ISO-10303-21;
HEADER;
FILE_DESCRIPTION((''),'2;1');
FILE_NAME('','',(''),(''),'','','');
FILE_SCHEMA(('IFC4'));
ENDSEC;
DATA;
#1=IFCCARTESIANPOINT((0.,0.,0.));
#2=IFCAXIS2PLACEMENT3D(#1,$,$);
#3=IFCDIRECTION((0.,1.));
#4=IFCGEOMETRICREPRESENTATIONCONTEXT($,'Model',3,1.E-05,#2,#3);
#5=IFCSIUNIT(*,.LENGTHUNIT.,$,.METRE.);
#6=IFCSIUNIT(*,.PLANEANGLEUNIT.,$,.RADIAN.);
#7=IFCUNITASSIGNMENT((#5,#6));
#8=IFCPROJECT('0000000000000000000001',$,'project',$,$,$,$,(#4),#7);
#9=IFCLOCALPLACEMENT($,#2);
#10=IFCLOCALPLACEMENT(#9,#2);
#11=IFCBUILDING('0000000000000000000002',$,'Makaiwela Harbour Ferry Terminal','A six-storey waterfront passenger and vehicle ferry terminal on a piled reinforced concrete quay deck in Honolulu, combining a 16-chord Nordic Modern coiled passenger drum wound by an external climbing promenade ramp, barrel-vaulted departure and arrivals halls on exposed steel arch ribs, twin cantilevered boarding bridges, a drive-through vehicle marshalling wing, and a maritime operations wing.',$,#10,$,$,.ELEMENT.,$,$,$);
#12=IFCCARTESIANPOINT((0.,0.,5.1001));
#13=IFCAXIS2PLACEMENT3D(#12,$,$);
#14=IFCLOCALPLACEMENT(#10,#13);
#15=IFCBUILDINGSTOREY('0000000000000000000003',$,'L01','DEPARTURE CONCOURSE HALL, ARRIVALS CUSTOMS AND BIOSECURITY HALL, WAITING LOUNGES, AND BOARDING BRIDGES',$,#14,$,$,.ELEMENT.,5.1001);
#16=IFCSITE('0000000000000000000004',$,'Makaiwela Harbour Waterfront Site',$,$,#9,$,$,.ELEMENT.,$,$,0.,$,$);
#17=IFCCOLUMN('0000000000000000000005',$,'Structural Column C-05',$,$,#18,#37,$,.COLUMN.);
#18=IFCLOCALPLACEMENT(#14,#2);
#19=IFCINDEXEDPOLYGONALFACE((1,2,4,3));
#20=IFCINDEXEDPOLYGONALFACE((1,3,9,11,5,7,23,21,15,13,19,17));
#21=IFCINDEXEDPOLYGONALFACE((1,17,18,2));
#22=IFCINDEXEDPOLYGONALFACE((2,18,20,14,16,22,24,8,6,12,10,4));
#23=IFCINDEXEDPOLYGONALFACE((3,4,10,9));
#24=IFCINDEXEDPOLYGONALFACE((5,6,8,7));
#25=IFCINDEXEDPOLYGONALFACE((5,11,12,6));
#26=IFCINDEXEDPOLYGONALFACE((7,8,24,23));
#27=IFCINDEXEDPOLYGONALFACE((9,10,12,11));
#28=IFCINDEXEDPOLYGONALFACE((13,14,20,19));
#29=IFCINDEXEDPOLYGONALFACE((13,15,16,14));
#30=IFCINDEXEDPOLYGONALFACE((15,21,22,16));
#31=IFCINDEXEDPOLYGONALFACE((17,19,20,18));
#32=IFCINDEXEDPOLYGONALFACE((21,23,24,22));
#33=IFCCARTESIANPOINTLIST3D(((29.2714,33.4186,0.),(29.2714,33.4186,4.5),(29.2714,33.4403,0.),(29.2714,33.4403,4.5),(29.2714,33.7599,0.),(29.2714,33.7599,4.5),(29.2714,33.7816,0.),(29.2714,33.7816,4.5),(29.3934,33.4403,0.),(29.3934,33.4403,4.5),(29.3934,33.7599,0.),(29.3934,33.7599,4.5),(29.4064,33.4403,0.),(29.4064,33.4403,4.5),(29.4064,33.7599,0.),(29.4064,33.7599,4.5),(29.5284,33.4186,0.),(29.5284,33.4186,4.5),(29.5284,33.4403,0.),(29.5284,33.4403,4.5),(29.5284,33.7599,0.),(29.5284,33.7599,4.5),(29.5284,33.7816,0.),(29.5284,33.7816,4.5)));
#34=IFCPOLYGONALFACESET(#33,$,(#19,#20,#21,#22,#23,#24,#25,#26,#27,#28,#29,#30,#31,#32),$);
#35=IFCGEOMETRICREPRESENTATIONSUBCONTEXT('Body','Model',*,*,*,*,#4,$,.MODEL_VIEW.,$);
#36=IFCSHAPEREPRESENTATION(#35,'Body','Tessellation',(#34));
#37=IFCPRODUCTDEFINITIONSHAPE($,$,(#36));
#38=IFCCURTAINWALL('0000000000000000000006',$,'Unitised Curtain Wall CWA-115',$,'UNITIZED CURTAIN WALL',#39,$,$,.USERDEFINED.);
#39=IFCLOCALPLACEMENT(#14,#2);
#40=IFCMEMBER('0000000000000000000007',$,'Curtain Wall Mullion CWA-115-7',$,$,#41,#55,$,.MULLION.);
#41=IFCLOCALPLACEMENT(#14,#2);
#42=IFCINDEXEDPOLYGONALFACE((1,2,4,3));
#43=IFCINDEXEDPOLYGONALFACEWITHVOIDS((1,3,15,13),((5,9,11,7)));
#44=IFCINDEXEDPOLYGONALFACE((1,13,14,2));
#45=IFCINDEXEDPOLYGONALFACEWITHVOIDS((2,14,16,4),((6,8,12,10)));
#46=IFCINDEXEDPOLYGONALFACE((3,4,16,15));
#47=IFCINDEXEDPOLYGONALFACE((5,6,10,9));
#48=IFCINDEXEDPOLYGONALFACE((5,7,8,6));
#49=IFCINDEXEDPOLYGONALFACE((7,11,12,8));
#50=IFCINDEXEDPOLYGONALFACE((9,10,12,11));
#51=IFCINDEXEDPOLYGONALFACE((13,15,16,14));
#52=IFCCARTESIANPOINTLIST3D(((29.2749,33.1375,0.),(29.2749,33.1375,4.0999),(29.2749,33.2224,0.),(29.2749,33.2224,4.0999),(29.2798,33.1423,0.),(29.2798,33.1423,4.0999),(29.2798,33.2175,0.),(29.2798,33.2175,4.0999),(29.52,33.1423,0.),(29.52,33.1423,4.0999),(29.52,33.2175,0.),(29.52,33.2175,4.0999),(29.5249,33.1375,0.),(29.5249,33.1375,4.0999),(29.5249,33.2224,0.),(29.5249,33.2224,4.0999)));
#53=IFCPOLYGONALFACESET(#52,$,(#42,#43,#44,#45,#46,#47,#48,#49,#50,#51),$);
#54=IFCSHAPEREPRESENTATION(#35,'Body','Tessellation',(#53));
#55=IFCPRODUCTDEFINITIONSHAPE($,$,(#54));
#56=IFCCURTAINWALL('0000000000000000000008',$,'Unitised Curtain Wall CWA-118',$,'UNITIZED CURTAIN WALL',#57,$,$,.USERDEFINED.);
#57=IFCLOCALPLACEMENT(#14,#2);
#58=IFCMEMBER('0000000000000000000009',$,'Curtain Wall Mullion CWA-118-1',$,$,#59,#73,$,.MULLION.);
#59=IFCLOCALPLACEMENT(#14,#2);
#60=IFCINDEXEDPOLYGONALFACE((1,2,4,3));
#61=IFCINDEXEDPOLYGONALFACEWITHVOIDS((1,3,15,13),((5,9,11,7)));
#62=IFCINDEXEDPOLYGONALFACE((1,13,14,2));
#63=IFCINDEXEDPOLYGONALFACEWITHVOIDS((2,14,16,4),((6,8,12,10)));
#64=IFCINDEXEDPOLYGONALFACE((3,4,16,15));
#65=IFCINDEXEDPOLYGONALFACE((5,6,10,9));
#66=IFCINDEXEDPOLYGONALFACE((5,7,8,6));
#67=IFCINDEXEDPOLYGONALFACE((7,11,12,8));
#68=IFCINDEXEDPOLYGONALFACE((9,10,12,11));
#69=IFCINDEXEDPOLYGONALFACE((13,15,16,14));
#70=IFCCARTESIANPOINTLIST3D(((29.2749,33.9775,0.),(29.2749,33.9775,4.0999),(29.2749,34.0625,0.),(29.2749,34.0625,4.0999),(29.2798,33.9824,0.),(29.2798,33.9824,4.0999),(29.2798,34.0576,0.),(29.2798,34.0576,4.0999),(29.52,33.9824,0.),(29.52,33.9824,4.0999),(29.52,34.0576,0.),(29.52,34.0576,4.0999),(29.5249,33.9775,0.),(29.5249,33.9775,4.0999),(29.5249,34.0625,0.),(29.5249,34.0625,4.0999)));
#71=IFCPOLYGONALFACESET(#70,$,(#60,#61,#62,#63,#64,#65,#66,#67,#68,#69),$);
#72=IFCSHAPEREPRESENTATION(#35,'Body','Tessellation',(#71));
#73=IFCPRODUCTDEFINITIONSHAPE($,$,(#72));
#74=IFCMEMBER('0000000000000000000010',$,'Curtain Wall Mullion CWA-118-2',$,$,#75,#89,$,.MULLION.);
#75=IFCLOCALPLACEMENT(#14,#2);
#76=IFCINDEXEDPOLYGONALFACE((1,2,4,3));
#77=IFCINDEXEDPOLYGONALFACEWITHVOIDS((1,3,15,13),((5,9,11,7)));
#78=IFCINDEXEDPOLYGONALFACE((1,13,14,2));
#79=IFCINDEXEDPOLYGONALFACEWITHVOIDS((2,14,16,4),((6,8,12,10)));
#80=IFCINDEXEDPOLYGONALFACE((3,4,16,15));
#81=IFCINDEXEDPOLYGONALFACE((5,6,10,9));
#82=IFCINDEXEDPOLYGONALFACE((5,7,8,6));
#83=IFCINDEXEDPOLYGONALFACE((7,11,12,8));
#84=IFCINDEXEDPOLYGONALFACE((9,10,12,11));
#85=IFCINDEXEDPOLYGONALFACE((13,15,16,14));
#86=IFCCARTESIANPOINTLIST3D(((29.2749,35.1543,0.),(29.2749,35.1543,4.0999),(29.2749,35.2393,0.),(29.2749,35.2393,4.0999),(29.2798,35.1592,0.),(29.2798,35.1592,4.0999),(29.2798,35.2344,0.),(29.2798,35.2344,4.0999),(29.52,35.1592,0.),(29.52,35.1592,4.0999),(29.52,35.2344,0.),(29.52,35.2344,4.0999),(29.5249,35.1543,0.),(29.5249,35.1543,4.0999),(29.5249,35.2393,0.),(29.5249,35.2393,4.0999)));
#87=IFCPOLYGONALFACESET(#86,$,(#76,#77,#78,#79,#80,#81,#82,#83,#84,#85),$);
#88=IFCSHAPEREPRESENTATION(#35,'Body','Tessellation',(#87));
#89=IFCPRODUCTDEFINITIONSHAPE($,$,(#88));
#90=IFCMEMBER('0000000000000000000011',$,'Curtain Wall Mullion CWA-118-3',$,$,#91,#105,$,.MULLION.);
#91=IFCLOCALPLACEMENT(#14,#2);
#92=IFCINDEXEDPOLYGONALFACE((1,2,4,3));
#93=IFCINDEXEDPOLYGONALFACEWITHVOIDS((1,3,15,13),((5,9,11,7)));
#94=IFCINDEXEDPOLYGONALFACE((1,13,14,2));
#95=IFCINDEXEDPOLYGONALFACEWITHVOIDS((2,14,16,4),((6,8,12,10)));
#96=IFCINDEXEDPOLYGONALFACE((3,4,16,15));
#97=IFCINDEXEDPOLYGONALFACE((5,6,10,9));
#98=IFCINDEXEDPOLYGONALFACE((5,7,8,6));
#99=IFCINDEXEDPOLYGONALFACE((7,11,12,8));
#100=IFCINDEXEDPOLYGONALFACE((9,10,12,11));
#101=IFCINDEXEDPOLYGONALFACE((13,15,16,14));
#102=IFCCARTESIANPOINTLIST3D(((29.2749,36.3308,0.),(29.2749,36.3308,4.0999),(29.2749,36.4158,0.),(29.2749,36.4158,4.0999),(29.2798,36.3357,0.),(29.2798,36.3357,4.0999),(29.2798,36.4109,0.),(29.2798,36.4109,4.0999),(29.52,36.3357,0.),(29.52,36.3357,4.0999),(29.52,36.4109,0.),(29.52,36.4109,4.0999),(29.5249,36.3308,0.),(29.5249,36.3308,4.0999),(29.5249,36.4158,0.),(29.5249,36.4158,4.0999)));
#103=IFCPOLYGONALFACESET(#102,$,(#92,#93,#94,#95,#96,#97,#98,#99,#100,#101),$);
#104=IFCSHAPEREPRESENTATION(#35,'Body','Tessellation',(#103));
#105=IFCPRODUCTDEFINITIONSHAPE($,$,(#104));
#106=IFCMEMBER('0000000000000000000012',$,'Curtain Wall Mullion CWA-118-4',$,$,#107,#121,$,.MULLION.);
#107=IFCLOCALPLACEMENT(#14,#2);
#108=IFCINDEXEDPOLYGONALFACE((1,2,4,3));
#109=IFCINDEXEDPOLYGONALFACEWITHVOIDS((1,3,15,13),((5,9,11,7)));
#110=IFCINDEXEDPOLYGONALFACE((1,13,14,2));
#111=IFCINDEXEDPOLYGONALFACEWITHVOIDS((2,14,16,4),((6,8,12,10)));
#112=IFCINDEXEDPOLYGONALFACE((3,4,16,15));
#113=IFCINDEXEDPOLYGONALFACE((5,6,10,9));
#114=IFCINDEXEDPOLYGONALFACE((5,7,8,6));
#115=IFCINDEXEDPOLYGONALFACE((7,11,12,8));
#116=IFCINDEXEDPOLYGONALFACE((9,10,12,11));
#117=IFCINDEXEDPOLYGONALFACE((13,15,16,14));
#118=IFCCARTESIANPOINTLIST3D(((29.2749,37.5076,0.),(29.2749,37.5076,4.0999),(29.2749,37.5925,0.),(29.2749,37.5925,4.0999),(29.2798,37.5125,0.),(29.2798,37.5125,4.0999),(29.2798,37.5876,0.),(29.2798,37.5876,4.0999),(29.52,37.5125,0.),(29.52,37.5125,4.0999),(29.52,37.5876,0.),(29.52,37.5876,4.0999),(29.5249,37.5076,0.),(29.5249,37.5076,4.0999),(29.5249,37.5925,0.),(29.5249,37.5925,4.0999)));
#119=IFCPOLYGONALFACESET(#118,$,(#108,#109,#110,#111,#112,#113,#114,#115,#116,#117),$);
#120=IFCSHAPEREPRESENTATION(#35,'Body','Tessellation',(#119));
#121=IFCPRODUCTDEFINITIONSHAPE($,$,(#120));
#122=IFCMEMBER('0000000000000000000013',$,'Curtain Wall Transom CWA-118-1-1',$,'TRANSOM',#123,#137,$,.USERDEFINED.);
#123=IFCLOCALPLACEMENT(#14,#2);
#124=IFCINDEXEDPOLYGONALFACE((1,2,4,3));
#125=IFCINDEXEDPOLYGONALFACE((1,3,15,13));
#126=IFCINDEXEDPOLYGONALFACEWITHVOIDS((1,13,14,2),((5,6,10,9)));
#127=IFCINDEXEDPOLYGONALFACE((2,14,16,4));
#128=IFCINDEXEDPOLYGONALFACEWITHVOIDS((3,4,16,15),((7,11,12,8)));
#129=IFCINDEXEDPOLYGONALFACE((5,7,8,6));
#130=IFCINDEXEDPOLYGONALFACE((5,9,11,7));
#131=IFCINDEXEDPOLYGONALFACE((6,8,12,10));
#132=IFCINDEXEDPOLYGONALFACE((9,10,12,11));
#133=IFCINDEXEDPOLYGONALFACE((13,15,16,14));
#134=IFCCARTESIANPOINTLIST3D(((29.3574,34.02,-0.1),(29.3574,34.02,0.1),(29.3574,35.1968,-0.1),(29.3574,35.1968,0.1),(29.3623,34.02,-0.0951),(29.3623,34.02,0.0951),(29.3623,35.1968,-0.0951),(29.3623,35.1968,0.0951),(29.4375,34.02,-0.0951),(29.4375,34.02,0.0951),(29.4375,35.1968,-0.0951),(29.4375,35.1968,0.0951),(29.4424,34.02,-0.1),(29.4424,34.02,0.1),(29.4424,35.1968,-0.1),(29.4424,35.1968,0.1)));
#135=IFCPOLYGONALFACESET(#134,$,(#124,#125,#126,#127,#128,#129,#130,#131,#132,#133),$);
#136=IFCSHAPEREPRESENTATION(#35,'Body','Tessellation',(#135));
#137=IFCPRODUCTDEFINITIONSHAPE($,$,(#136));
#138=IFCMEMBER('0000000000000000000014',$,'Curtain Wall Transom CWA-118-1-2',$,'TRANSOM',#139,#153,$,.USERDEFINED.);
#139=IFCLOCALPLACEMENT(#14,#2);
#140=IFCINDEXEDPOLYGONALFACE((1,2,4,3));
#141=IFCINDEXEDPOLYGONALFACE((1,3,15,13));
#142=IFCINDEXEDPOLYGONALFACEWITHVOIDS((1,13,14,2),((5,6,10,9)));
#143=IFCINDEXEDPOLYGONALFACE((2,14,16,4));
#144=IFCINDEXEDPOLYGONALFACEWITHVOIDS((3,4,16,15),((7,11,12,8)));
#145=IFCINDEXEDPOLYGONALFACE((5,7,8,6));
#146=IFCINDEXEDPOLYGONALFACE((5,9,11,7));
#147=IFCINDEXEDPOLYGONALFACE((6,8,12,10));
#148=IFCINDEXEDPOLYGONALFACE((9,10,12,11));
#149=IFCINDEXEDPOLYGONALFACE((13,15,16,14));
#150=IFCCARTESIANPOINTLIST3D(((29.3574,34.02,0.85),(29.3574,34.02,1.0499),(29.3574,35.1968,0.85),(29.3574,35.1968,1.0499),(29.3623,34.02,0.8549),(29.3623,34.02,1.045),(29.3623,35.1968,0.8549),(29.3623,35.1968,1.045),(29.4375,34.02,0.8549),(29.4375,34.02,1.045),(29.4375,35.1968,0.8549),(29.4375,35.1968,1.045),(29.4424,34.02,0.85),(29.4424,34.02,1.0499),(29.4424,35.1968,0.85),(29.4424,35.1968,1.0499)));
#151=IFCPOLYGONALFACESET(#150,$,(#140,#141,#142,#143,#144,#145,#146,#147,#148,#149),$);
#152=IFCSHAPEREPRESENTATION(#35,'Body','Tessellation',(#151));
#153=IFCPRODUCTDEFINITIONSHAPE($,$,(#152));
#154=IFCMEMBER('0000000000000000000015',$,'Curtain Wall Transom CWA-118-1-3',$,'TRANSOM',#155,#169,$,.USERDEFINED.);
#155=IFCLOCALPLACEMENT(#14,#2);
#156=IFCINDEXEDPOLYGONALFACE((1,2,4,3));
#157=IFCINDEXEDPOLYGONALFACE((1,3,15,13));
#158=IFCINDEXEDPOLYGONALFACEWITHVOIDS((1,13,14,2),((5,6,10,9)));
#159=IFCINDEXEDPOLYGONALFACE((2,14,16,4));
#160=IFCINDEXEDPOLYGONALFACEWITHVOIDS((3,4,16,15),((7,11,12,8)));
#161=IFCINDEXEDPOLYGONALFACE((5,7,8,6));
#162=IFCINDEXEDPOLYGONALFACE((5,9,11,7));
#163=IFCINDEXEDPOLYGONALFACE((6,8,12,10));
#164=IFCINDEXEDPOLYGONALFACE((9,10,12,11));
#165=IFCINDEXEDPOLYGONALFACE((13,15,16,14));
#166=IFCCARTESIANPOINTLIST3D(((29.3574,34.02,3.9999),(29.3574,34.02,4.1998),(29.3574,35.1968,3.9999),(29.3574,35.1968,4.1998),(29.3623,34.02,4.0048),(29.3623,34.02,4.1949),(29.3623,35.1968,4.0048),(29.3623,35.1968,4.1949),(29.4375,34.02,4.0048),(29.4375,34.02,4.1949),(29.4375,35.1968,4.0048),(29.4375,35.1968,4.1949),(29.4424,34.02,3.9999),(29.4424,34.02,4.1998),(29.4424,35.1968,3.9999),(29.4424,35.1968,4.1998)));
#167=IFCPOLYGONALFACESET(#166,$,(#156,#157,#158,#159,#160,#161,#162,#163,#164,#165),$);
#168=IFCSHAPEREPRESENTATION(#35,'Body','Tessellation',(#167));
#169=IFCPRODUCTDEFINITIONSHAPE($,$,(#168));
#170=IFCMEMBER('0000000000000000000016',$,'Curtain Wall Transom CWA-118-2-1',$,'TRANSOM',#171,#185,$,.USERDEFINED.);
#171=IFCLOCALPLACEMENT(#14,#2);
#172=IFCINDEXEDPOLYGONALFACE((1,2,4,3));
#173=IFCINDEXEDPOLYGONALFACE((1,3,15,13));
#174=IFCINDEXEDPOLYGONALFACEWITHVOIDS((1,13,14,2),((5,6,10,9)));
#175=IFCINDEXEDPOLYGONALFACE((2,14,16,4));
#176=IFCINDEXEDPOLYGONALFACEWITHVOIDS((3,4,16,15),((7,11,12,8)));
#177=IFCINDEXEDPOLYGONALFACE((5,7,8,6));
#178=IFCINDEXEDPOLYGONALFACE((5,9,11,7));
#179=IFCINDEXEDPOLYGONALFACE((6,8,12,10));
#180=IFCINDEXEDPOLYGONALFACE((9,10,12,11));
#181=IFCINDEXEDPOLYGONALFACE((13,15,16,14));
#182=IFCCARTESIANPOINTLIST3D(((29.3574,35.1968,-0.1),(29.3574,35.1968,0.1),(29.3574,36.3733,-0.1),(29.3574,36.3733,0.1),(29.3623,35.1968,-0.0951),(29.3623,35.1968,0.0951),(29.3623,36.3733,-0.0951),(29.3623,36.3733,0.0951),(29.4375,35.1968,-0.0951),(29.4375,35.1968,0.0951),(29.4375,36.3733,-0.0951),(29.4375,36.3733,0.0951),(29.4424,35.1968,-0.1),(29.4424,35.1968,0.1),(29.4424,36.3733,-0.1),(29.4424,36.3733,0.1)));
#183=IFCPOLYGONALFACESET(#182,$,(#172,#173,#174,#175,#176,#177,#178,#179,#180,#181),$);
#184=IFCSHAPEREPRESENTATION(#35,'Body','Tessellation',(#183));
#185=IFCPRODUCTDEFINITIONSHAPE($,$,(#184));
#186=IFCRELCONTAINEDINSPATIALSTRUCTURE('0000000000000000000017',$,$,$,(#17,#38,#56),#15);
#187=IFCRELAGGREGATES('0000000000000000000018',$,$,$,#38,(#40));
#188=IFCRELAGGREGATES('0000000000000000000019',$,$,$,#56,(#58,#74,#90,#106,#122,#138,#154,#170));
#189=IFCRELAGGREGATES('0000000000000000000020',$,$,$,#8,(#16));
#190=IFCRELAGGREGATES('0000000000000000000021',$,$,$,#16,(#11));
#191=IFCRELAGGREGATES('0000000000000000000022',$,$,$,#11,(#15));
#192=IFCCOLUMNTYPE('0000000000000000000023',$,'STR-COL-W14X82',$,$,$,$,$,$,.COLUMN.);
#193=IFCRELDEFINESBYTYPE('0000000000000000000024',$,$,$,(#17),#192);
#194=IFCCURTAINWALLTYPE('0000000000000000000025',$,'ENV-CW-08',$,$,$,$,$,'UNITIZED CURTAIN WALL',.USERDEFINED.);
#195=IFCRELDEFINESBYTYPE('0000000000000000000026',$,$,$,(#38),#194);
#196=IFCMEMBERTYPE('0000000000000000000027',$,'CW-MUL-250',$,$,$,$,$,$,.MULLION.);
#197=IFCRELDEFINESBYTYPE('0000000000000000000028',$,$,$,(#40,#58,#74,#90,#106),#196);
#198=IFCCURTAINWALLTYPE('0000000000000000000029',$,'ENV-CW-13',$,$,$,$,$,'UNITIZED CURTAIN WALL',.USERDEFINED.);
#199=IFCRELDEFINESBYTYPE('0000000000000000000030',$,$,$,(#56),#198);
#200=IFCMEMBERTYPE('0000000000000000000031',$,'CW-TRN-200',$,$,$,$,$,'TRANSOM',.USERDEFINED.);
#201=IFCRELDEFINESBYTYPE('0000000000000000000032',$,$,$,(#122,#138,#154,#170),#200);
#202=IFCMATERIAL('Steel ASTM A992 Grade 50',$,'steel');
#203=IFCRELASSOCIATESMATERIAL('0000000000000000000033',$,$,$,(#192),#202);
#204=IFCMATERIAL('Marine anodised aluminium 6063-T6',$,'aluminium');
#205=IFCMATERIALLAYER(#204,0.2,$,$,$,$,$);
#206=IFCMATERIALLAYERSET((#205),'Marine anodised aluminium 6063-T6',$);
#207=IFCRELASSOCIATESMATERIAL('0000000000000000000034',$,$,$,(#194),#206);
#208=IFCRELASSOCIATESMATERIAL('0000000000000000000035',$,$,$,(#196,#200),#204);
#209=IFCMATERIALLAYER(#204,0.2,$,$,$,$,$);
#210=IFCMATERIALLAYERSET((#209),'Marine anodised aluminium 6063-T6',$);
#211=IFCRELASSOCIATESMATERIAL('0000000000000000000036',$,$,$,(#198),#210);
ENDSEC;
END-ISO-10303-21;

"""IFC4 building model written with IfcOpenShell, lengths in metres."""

from ifc_helpers import new_model, si_unit, direction, frame, origin, origin_2d, place, context, subcontext, project, spatial, hollow_rectangle, i_section, extrude, material, layer, layer_set, material_profile, profile_set, type_object, element, aggregate, save


model = new_model("IFC4")

# Units and contexts
model_context = context("Model", 3, precision=1e-05, world=origin(), true_north=direction((0.0, 1.0)))
body_context = subcontext(model_context, "Body", "Model", "MODEL_VIEW")
ifc_project = project(units=[si_unit("LENGTHUNIT", "METRE"), si_unit("PLANEANGLEUNIT", "RADIAN")], contexts=[model_context])

# Site, building, storey
site_placement = place(None, origin())
site = spatial("IfcSite", under=ifc_project, at=site_placement, Name="Makaiwela Harbour Waterfront Site", CompositionType="ELEMENT", RefElevation=0.0)
building_placement = place(site_placement, origin())
building = spatial("IfcBuilding", under=site, at=building_placement, Name="Makaiwela Harbour Ferry Terminal", Description="A six-storey waterfront passenger and vehicle ferry terminal on a piled reinforced concrete quay deck in Honolulu, combining a 16-chord Nordic Modern coiled passenger drum wound by an external climbing promenade ramp, barrel-vaulted departure and arrivals halls on exposed steel arch ribs, twin cantilevered boarding bridges, a drive-through vehicle marshalling wing, and a maritime operations wing.", CompositionType="ELEMENT")
storey_placement = place(building_placement, frame((0.0, 0.0, 5.1001)))
storey = spatial("IfcBuildingStorey", under=building, at=storey_placement, Name="L01", Description="DEPARTURE CONCOURSE HALL, ARRIVALS CUSTOMS AND BIOSECURITY HALL, WAITING LOUNGES, AND BOARDING BRIDGES", CompositionType="ELEMENT", Elevation=5.1001)

# Column
ifc_material_1 = material(Name="Steel ASTM A992 Grade 50", Category="steel")
ifc_material_profile_1 = material_profile(ifc_material_1, i_section(OverallWidth=0.2571, OverallDepth=0.363, WebThickness=0.0129, FlangeThickness=0.0217, at=origin_2d()), Name="W14X82")
ifc_profile_set_1 = profile_set([ifc_material_profile_1], Name="Steel ASTM A992 Grade 50")
column_type = type_object("IfcColumnType", Name="STR-COL-W14X82", PredefinedType="COLUMN", material=ifc_profile_set_1)
column_placement = place(storey_placement, frame((29.3999, 33.6001, 0.0), z_axis=(0.0, 0.0, 1.0), x_axis=(1.0, 0.0, 0.0)))
element("IfcColumn", 1, at=column_placement, inside=storey, type_object=column_type, Name="Structural Column C-05", PredefinedType="COLUMN", context=body_context, shape_type="SweptSolid", body=[
    extrude(i_section(OverallWidth=0.2571, OverallDepth=0.363, WebThickness=0.0129, FlangeThickness=0.0217, at=origin_2d()), origin(), (0.0, 0.0, 1.0), 4.5),
])

# Curtain wall, member
ifc_material_2 = material(Name="Marine anodised aluminium 6063-T6", Category="aluminium")
ifc_layer_1 = layer(ifc_material_2, 0.2)
ifc_layer_set_1 = layer_set([ifc_layer_1], Name="Marine anodised aluminium 6063-T6")
curtain_wall_type_1 = type_object("IfcCurtainWallType", Name="ENV-CW-08", ElementType="UNITIZED CURTAIN WALL", PredefinedType="USERDEFINED", material=ifc_layer_set_1)
curtain_wall_1_placement = place(storey_placement, origin())
curtain_wall_1 = element("IfcCurtainWall", 2, at=curtain_wall_1_placement, inside=storey, type_object=curtain_wall_type_1, Name="Unitised Curtain Wall CWA-115", ObjectType="UNITIZED CURTAIN WALL", PredefinedType="USERDEFINED")
ifc_material_profile_2 = material_profile(ifc_material_2, hollow_rectangle(XDim=0.085, YDim=0.25, WallThickness=0.0049, at=origin_2d()), Name="CWM-250X85")
ifc_profile_set_2 = profile_set([ifc_material_profile_2], Name="Marine anodised aluminium 6063-T6")
member_type_1 = type_object("IfcMemberType", Name="CW-MUL-250", PredefinedType="MULLION", material=ifc_profile_set_2)
member_1_placement = place(storey_placement, frame((29.3999, 33.1799, 0.0), z_axis=(0.0, 0.0, 1.0), x_axis=(0.0, 1.0, 0.0)))
member_1 = element("IfcMember", 3, at=member_1_placement, type_object=member_type_1, Name="Curtain Wall Mullion CWA-115-7", PredefinedType="MULLION", context=body_context, shape_type="SweptSolid", body=[
    extrude(hollow_rectangle(XDim=0.085, YDim=0.25, WallThickness=0.0049, at=origin_2d()), origin(), (0.0, 0.0, 1.0), 4.0999),
])
aggregate(curtain_wall_1, [member_1])

# Curtain wall, members
ifc_layer_2 = layer(ifc_material_2, 0.2)
ifc_layer_set_2 = layer_set([ifc_layer_2], Name="Marine anodised aluminium 6063-T6")
curtain_wall_type_2 = type_object("IfcCurtainWallType", Name="ENV-CW-13", ElementType="UNITIZED CURTAIN WALL", PredefinedType="USERDEFINED", material=ifc_layer_set_2)
curtain_wall_2_placement = place(storey_placement, origin())
curtain_wall_2 = element("IfcCurtainWall", 4, at=curtain_wall_2_placement, inside=storey, type_object=curtain_wall_type_2, Name="Unitised Curtain Wall CWA-118", ObjectType="UNITIZED CURTAIN WALL", PredefinedType="USERDEFINED")
member_2_placement = place(storey_placement, frame((29.3999, 34.02, 0.0), z_axis=(0.0, 0.0, 1.0), x_axis=(0.0, 1.0, 0.0)))
member_2 = element("IfcMember", 5, at=member_2_placement, type_object=member_type_1, Name="Curtain Wall Mullion CWA-118-1", PredefinedType="MULLION", context=body_context, shape_type="SweptSolid", body=[
    extrude(hollow_rectangle(XDim=0.085, YDim=0.25, WallThickness=0.0049, at=origin_2d()), origin(), (0.0, 0.0, 1.0), 4.0999),
])
member_3_placement = place(storey_placement, frame((29.3999, 35.1968, 0.0), z_axis=(0.0, 0.0, 1.0), x_axis=(0.0, 1.0, 0.0)))
member_3 = element("IfcMember", 6, at=member_3_placement, type_object=member_type_1, Name="Curtain Wall Mullion CWA-118-2", PredefinedType="MULLION", context=body_context, shape_type="SweptSolid", body=[
    extrude(hollow_rectangle(XDim=0.085, YDim=0.25, WallThickness=0.0049, at=origin_2d()), origin(), (0.0, 0.0, 1.0), 4.0999),
])
member_4_placement = place(storey_placement, frame((29.3999, 36.3733, 0.0), z_axis=(0.0, 0.0, 1.0), x_axis=(0.0, 1.0, 0.0)))
member_4 = element("IfcMember", 7, at=member_4_placement, type_object=member_type_1, Name="Curtain Wall Mullion CWA-118-3", PredefinedType="MULLION", context=body_context, shape_type="SweptSolid", body=[
    extrude(hollow_rectangle(XDim=0.085, YDim=0.25, WallThickness=0.0049, at=origin_2d()), origin(), (0.0, 0.0, 1.0), 4.0999),
])
member_5_placement = place(storey_placement, frame((29.3999, 37.55, 0.0), z_axis=(0.0, 0.0, 1.0), x_axis=(0.0, 1.0, 0.0)))
member_5 = element("IfcMember", 8, at=member_5_placement, type_object=member_type_1, Name="Curtain Wall Mullion CWA-118-4", PredefinedType="MULLION", context=body_context, shape_type="SweptSolid", body=[
    extrude(hollow_rectangle(XDim=0.085, YDim=0.25, WallThickness=0.0049, at=origin_2d()), origin(), (0.0, 0.0, 1.0), 4.0999),
])
ifc_material_profile_3 = material_profile(ifc_material_2, hollow_rectangle(XDim=0.085, YDim=0.2, WallThickness=0.0049, at=origin_2d()), Name="CWT-200X85")
ifc_profile_set_3 = profile_set([ifc_material_profile_3], Name="Marine anodised aluminium 6063-T6")
member_type_2 = type_object("IfcMemberType", Name="CW-TRN-200", ElementType="TRANSOM", PredefinedType="USERDEFINED", material=ifc_profile_set_3)
member_6_placement = place(storey_placement, frame((29.3999, 34.02, 0.0), z_axis=(0.0, 1.0, 0.0), x_axis=(-1.0, 0.0, 0.0)))
member_6 = element("IfcMember", 9, at=member_6_placement, type_object=member_type_2, Name="Curtain Wall Transom CWA-118-1-1", ObjectType="TRANSOM", PredefinedType="USERDEFINED", context=body_context, shape_type="SweptSolid", body=[
    extrude(hollow_rectangle(XDim=0.085, YDim=0.2, WallThickness=0.0049, at=origin_2d()), origin(), (0.0, 0.0, 1.0), 1.1768),
])
member_7_placement = place(storey_placement, frame((29.3999, 34.02, 0.95), z_axis=(0.0, 1.0, 0.0), x_axis=(-1.0, 0.0, 0.0)))
member_7 = element("IfcMember", 10, at=member_7_placement, type_object=member_type_2, Name="Curtain Wall Transom CWA-118-1-2", ObjectType="TRANSOM", PredefinedType="USERDEFINED", context=body_context, shape_type="SweptSolid", body=[
    extrude(hollow_rectangle(XDim=0.085, YDim=0.2, WallThickness=0.0049, at=origin_2d()), origin(), (0.0, 0.0, 1.0), 1.1768),
])
member_8_placement = place(storey_placement, frame((29.3999, 34.02, 4.0999), z_axis=(0.0, 1.0, 0.0), x_axis=(-1.0, 0.0, 0.0)))
member_8 = element("IfcMember", 11, at=member_8_placement, type_object=member_type_2, Name="Curtain Wall Transom CWA-118-1-3", ObjectType="TRANSOM", PredefinedType="USERDEFINED", context=body_context, shape_type="SweptSolid", body=[
    extrude(hollow_rectangle(XDim=0.085, YDim=0.2, WallThickness=0.0049, at=origin_2d()), origin(), (0.0, 0.0, 1.0), 1.1768),
])
member_9_placement = place(storey_placement, frame((29.3999, 35.1968, 0.0), z_axis=(0.0, 1.0, 0.0), x_axis=(-1.0, 0.0, 0.0)))
member_9 = element("IfcMember", 12, at=member_9_placement, type_object=member_type_2, Name="Curtain Wall Transom CWA-118-2-1", ObjectType="TRANSOM", PredefinedType="USERDEFINED", context=body_context, shape_type="SweptSolid", body=[
    extrude(hollow_rectangle(XDim=0.085, YDim=0.2, WallThickness=0.0049, at=origin_2d()), origin(), (0.0, 0.0, 1.0), 1.1765),
])

aggregate(curtain_wall_2, [member_2, member_3, member_4, member_5, member_6, member_7, member_8, member_9])

save(model, "model.ifc")
